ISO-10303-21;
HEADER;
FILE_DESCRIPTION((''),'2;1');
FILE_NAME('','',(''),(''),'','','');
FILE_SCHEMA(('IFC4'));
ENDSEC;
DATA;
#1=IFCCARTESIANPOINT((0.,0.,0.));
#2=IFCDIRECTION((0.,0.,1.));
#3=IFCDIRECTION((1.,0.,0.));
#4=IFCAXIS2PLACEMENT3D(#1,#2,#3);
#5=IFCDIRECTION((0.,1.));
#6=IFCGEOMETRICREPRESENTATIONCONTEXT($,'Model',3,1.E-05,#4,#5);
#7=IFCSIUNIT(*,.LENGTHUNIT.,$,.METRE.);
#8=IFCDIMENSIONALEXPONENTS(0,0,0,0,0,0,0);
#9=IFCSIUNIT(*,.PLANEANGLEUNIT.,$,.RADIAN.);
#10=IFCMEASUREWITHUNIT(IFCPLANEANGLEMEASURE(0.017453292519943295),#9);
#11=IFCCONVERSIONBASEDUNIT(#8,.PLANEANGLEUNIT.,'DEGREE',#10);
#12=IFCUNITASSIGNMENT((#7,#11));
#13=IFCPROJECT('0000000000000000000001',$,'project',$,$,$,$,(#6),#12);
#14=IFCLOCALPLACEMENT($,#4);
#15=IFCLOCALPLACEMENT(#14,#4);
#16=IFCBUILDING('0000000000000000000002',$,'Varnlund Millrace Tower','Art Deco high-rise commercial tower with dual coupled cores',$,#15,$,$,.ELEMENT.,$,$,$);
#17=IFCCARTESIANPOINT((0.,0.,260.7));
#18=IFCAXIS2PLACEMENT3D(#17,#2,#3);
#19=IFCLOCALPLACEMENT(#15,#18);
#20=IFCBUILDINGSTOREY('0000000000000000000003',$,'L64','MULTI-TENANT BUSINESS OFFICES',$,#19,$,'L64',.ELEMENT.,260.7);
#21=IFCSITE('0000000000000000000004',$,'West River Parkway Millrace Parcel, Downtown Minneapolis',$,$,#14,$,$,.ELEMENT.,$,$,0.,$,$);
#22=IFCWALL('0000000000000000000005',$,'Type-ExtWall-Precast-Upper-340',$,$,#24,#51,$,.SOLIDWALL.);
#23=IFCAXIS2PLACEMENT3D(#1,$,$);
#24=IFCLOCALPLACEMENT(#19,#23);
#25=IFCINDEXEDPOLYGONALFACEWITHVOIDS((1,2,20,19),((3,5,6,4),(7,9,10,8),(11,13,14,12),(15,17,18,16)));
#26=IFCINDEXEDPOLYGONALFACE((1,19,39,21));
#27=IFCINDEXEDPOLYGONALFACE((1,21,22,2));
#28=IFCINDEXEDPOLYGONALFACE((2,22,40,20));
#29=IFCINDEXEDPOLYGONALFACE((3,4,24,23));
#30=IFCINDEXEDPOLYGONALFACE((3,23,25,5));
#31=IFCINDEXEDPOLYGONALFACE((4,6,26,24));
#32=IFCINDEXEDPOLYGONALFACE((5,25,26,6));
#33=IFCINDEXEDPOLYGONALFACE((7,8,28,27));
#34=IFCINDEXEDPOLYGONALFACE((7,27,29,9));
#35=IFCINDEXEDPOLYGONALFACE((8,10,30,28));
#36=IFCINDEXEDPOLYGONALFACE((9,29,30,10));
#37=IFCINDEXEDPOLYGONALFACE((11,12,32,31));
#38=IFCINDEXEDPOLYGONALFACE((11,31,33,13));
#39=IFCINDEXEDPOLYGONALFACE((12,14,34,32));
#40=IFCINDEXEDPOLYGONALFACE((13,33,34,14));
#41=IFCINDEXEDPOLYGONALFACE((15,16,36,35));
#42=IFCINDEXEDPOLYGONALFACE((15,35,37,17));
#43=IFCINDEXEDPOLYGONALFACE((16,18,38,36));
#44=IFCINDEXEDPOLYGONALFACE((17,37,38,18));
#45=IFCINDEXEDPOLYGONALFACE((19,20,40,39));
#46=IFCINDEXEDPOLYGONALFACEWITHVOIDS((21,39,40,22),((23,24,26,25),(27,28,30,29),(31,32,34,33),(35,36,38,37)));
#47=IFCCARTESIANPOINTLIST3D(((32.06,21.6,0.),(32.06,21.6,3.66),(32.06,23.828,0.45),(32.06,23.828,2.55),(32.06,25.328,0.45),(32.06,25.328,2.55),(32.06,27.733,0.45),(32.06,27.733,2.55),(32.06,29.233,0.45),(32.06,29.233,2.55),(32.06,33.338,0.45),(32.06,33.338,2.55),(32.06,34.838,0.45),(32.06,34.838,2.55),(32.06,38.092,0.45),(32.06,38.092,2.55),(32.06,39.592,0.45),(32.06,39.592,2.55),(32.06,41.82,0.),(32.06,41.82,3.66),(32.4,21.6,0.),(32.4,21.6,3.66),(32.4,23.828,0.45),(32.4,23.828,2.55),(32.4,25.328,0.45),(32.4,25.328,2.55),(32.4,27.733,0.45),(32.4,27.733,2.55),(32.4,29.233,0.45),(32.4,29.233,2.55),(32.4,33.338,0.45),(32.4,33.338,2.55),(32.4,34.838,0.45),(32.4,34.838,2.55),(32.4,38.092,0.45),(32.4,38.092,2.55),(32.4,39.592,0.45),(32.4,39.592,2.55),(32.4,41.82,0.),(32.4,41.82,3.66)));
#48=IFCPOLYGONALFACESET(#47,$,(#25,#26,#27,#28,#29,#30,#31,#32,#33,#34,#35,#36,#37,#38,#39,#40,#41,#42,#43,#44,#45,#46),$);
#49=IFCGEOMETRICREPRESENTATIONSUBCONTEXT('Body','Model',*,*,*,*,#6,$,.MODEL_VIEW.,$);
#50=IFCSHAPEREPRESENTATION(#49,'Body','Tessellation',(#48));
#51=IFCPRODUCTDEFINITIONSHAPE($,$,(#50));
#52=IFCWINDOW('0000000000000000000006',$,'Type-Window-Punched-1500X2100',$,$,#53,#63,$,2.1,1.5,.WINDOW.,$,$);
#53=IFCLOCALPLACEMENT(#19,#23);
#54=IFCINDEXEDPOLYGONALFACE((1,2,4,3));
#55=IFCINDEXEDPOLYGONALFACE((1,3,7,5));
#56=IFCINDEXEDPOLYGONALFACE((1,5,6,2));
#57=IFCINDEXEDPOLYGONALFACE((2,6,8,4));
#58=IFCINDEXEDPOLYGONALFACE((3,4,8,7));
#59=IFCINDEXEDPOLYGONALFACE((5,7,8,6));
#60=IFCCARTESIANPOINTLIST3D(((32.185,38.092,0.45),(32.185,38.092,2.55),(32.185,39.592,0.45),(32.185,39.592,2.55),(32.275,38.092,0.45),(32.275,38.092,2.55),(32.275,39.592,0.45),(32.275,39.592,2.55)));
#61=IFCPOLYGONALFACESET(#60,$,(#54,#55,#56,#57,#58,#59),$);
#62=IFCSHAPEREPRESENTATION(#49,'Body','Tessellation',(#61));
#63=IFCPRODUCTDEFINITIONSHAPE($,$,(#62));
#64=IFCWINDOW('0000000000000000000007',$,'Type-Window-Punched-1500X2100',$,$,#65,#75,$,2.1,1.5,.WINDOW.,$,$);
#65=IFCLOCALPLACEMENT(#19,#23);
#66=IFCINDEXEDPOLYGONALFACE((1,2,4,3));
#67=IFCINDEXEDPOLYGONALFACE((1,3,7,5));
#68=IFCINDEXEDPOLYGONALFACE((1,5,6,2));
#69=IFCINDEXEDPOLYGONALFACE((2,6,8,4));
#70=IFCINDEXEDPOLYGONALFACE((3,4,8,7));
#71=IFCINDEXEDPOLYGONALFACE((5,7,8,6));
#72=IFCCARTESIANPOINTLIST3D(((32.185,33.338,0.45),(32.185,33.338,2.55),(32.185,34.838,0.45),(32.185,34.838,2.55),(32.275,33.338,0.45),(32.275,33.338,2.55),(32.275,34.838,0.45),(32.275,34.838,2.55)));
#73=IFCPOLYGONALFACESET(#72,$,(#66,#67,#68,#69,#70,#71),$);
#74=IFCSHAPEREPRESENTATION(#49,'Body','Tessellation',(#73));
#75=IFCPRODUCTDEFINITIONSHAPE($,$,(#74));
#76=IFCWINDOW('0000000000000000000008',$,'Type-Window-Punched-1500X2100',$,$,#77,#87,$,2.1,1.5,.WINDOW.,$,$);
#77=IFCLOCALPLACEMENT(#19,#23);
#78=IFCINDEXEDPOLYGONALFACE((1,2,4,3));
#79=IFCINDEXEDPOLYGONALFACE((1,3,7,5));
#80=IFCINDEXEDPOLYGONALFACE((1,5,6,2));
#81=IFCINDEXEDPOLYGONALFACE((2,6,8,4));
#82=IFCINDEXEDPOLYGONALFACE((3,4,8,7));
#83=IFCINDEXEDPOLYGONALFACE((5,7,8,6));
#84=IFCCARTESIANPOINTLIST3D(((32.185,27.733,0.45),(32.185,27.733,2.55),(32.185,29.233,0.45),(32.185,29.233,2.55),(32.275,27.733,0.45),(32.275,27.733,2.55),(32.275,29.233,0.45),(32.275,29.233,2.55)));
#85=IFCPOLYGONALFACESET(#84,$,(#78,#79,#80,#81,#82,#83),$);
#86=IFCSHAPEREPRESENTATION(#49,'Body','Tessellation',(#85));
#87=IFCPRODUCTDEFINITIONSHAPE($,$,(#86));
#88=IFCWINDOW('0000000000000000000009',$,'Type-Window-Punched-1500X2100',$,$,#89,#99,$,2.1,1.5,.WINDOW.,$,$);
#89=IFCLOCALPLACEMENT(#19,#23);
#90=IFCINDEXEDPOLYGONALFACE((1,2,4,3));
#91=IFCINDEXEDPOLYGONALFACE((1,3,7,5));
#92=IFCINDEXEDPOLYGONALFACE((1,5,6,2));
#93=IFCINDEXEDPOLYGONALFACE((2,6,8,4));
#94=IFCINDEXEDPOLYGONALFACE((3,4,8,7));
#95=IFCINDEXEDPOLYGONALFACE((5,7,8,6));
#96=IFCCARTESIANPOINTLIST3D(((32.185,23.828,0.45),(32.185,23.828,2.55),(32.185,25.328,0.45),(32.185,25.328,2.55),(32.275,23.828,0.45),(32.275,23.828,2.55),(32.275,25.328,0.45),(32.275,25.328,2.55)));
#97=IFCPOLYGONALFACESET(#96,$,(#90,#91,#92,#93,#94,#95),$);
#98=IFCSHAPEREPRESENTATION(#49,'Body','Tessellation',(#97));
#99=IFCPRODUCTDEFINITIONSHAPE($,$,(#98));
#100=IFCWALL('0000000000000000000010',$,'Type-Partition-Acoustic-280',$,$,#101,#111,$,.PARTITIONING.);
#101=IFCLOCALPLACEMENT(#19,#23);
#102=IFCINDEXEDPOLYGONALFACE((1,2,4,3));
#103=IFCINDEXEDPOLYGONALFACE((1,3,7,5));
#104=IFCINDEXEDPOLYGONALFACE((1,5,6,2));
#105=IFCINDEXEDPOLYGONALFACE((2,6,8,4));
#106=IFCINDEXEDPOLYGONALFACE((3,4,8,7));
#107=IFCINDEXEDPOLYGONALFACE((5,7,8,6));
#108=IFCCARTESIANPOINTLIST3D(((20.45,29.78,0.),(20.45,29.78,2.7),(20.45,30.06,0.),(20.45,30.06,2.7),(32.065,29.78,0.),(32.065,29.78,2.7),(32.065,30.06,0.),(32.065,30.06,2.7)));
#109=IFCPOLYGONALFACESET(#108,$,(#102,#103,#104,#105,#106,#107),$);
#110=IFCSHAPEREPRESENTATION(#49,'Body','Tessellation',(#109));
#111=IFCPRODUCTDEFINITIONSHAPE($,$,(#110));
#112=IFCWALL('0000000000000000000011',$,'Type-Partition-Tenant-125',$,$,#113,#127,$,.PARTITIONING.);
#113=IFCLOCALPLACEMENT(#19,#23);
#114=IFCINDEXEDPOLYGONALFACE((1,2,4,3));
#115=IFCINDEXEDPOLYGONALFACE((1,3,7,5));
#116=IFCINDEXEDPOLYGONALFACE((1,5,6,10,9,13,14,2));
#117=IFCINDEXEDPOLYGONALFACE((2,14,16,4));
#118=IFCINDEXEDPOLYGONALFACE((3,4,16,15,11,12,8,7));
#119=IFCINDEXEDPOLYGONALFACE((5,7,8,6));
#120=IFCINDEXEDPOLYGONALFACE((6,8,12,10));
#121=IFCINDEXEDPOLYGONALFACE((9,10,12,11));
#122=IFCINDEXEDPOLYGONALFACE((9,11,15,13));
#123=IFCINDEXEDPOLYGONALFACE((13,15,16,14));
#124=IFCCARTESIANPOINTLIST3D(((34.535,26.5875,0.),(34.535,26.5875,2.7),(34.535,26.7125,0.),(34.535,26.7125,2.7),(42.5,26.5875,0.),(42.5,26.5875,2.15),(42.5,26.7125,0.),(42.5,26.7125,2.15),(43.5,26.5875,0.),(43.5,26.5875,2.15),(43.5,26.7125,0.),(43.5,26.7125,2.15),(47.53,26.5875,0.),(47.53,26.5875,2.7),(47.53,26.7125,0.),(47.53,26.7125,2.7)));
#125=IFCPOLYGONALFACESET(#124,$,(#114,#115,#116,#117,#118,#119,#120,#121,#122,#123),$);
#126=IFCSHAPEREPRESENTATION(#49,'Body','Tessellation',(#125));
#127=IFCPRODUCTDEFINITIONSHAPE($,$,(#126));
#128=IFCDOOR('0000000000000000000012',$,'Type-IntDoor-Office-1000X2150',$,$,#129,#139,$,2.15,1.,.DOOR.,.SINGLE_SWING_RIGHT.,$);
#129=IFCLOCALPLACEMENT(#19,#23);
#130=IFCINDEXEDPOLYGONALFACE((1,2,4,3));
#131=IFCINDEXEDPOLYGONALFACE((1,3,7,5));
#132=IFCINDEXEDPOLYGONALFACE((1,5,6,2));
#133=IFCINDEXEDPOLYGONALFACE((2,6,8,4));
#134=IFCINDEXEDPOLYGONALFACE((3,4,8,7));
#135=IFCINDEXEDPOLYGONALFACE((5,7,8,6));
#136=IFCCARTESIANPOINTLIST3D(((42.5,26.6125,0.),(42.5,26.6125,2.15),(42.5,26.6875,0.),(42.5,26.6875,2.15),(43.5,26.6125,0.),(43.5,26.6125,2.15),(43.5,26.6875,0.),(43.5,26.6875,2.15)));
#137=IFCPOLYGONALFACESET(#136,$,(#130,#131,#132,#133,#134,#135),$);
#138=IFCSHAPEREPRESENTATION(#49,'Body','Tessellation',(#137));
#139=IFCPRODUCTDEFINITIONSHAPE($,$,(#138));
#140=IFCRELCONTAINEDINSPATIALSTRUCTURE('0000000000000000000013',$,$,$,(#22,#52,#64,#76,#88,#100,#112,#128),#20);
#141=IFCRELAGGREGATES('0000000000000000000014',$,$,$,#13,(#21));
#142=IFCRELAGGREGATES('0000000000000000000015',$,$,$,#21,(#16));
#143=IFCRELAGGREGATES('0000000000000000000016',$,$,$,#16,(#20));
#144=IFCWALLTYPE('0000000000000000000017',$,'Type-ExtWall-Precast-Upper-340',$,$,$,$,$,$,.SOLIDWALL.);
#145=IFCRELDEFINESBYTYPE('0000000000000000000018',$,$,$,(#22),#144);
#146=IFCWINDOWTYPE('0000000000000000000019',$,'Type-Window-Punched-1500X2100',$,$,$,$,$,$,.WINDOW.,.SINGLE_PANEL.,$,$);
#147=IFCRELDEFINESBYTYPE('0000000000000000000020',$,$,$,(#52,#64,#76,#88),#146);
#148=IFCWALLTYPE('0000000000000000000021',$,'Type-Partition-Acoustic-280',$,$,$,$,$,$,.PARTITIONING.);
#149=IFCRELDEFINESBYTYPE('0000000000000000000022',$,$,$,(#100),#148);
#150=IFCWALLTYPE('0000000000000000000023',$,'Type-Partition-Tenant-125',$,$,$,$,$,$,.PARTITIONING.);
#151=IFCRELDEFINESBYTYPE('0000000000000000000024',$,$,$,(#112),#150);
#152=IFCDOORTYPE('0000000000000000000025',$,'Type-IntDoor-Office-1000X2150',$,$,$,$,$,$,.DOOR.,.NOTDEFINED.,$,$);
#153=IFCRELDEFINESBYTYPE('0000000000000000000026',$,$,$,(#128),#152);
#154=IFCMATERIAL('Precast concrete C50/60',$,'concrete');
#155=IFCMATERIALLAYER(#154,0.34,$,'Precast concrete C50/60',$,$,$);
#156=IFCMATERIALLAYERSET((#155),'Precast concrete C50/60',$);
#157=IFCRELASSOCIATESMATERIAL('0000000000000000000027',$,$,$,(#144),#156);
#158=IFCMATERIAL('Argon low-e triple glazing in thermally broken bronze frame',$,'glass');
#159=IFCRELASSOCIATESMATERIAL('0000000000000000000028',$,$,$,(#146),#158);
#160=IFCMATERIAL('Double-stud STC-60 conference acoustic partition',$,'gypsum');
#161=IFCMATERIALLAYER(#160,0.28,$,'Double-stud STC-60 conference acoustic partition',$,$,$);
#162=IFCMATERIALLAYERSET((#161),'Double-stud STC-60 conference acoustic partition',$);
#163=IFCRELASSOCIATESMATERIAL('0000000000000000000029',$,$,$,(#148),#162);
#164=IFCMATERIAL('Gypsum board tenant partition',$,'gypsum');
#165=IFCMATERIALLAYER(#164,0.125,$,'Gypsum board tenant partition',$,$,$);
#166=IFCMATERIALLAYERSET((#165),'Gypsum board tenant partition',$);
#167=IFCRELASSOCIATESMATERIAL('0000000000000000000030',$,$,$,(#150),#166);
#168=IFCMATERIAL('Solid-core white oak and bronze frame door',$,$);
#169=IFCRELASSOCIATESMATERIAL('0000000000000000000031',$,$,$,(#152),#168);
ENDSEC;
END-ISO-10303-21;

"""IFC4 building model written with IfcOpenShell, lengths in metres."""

from ifc_helpers import new_model, entity, si_unit, converted_unit, direction, frame, origin_with_axes, origin_2d_with_axis, place, context, subcontext, project, spatial, polyline, rectangle, outline, extrude, material, layer, layer_set, type_object, element, fill, save


model = new_model("IFC4")

# Units and contexts
model_context = context("Model", 3, precision=1e-05, world=origin_with_axes(), true_north=direction((0.0, 1.0)))
body_context = subcontext(model_context, "Body", "Model", "MODEL_VIEW")
ifc_project = project(units=[si_unit("LENGTHUNIT", "METRE"), converted_unit("PLANEANGLEUNIT", "DEGREE", entity("IfcPlaneAngleMeasure", 0.017453292519943295), si_unit("PLANEANGLEUNIT", "RADIAN"), dimensions=[0, 0, 0, 0, 0, 0, 0])], contexts=[model_context])

# Site, building, storey
site_placement = place(None, origin_with_axes())
site = spatial("IfcSite", under=ifc_project, at=site_placement, Name="West River Parkway Millrace Parcel, Downtown Minneapolis", CompositionType="ELEMENT", RefElevation=0.0)
building_placement = place(site_placement, origin_with_axes())
building = spatial("IfcBuilding", under=site, at=building_placement, Name="Varnlund Millrace Tower", Description="Art Deco high-rise commercial tower with dual coupled cores", CompositionType="ELEMENT")
storey_placement = place(building_placement, frame((0.0, 0.0, 260.7), z_axis=(0.0, 0.0, 1.0), x_axis=(1.0, 0.0, 0.0)))
storey = spatial("IfcBuildingStorey", under=building, at=storey_placement, Name="L64", Description="MULTI-TENANT BUSINESS OFFICES", LongName="L64", CompositionType="ELEMENT", Elevation=260.7)

# Shared definitions
ifc_material_1 = material(Name="Precast concrete C50/60", Category="concrete")
ifc_layer_1 = layer(ifc_material_1, 0.34, Name="Precast concrete C50/60")
ifc_layer_set_1 = layer_set([ifc_layer_1], Name="Precast concrete C50/60")
wall_type_1 = type_object("IfcWallType", Name="Type-ExtWall-Precast-Upper-340", PredefinedType="SOLIDWALL", material=ifc_layer_set_1)
ifc_material_2 = material(Name="Argon low-e triple glazing in thermally broken bronze frame", Category="glass")
window_type = type_object("IfcWindowType", Name="Type-Window-Punched-1500X2100", PartitioningType="SINGLE_PANEL", PredefinedType="WINDOW", material=ifc_material_2)

# Wall, openings, windows
wall_1_placement = place(storey_placement, frame((32.23, 41.82, 0.0), z_axis=(0.0, 0.0, 1.0), x_axis=(0.0, -1.0, 0.0)))
wall_1 = element("IfcWall", 1, at=wall_1_placement, inside=storey, type_object=wall_type_1, Name="Type-ExtWall-Precast-Upper-340", PredefinedType="SOLIDWALL", context=body_context, shape_type="SweptSolid", body=[
    extrude(outline(polyline([(0.0, -0.17), (20.22, -0.17), (20.22, 0.17), (0.0, 0.17), (0.0, -0.17)])), origin_with_axes(), (0.0, 0.0, 1.0), 3.66),
])
opening_1_placement = place(wall_1_placement, frame((2.978, 0.0, 0.45), z_axis=(0.0, 0.0, 1.0), x_axis=(1.0, 0.0, 0.0)))
opening_1 = element("IfcOpeningElement", 2, at=opening_1_placement, cuts=wall_1, PredefinedType="OPENING", context=body_context, shape_type="SweptSolid", body=[
    extrude(rectangle(XDim=1.5, YDim=0.36, at=origin_2d_with_axis()), origin_with_axes(), (0.0, 0.0, 1.0), 2.1),
])
opening_2_placement = place(wall_1_placement, frame((7.732, 0.0, 0.45), z_axis=(0.0, 0.0, 1.0), x_axis=(1.0, 0.0, 0.0)))
opening_2 = element("IfcOpeningElement", 3, at=opening_2_placement, cuts=wall_1, PredefinedType="OPENING", context=body_context, shape_type="SweptSolid", body=[
    extrude(rectangle(XDim=1.5, YDim=0.36, at=origin_2d_with_axis()), origin_with_axes(), (0.0, 0.0, 1.0), 2.1),
])
opening_3_placement = place(wall_1_placement, frame((13.337, 0.0, 0.45), z_axis=(0.0, 0.0, 1.0), x_axis=(1.0, 0.0, 0.0)))
opening_3 = element("IfcOpeningElement", 4, at=opening_3_placement, cuts=wall_1, PredefinedType="OPENING", context=body_context, shape_type="SweptSolid", body=[
    extrude(rectangle(XDim=1.5, YDim=0.36, at=origin_2d_with_axis()), origin_with_axes(), (0.0, 0.0, 1.0), 2.1),
])
opening_4_placement = place(wall_1_placement, frame((17.242, 0.0, 0.45), z_axis=(0.0, 0.0, 1.0), x_axis=(1.0, 0.0, 0.0)))
opening_4 = element("IfcOpeningElement", 5, at=opening_4_placement, cuts=wall_1, PredefinedType="OPENING", context=body_context, shape_type="SweptSolid", body=[
    extrude(rectangle(XDim=1.5, YDim=0.36, at=origin_2d_with_axis()), origin_with_axes(), (0.0, 0.0, 1.0), 2.1),
])
window_1_placement = place(wall_1_placement, frame((2.978, 0.0, 0.45), z_axis=(0.0, 0.0, 1.0), x_axis=(1.0, 0.0, 0.0)))
window_1 = element("IfcWindow", 6, at=window_1_placement, inside=storey, type_object=window_type, Name="Type-Window-Punched-1500X2100", OverallHeight=2.1, OverallWidth=1.5, PredefinedType="WINDOW", context=body_context, shape_type="SweptSolid", body=[
    extrude(rectangle(XDim=1.5, YDim=0.09, at=origin_2d_with_axis()), origin_with_axes(), (0.0, 0.0, 1.0), 2.1),
])
fill(opening_1, window_1)
window_2_placement = place(wall_1_placement, frame((7.732, 0.0, 0.45), z_axis=(0.0, 0.0, 1.0), x_axis=(1.0, 0.0, 0.0)))
window_2 = element("IfcWindow", 7, at=window_2_placement, inside=storey, type_object=window_type, Name="Type-Window-Punched-1500X2100", OverallHeight=2.1, OverallWidth=1.5, PredefinedType="WINDOW", context=body_context, shape_type="SweptSolid", body=[
    extrude(rectangle(XDim=1.5, YDim=0.09, at=origin_2d_with_axis()), origin_with_axes(), (0.0, 0.0, 1.0), 2.1),
])
fill(opening_2, window_2)
window_3_placement = place(wall_1_placement, frame((13.337, 0.0, 0.45), z_axis=(0.0, 0.0, 1.0), x_axis=(1.0, 0.0, 0.0)))
window_3 = element("IfcWindow", 8, at=window_3_placement, inside=storey, type_object=window_type, Name="Type-Window-Punched-1500X2100", OverallHeight=2.1, OverallWidth=1.5, PredefinedType="WINDOW", context=body_context, shape_type="SweptSolid", body=[
    extrude(rectangle(XDim=1.5, YDim=0.09, at=origin_2d_with_axis()), origin_with_axes(), (0.0, 0.0, 1.0), 2.1),
])
fill(opening_3, window_3)
window_4_placement = place(wall_1_placement, frame((17.242, 0.0, 0.45), z_axis=(0.0, 0.0, 1.0), x_axis=(1.0, 0.0, 0.0)))
window_4 = element("IfcWindow", 9, at=window_4_placement, inside=storey, type_object=window_type, Name="Type-Window-Punched-1500X2100", OverallHeight=2.1, OverallWidth=1.5, PredefinedType="WINDOW", context=body_context, shape_type="SweptSolid", body=[
    extrude(rectangle(XDim=1.5, YDim=0.09, at=origin_2d_with_axis()), origin_with_axes(), (0.0, 0.0, 1.0), 2.1),
])
fill(opening_4, window_4)

# Wall
ifc_material_3 = material(Name="Double-stud STC-60 conference acoustic partition", Category="gypsum")
ifc_layer_2 = layer(ifc_material_3, 0.28, Name="Double-stud STC-60 conference acoustic partition")
ifc_layer_set_2 = layer_set([ifc_layer_2], Name="Double-stud STC-60 conference acoustic partition")
wall_type_2 = type_object("IfcWallType", Name="Type-Partition-Acoustic-280", PredefinedType="PARTITIONING", material=ifc_layer_set_2)
wall_2_placement = place(storey_placement, frame((20.45, 29.92, 0.0), z_axis=(0.0, 0.0, 1.0), x_axis=(1.0, 0.0, 0.0)))
element("IfcWall", 10, at=wall_2_placement, inside=storey, type_object=wall_type_2, Name="Type-Partition-Acoustic-280", PredefinedType="PARTITIONING", context=body_context, shape_type="SweptSolid", body=[
    extrude(outline(polyline([(0.0, -0.14), (11.615, -0.14), (11.615, 0.14), (0.0, 0.14), (0.0, -0.14)])), origin_with_axes(), (0.0, 0.0, 1.0), 2.7),
])

# Wall, opening, door
ifc_material_4 = material(Name="Gypsum board tenant partition", Category="gypsum")
ifc_layer_3 = layer(ifc_material_4, 0.125, Name="Gypsum board tenant partition")
ifc_layer_set_3 = layer_set([ifc_layer_3], Name="Gypsum board tenant partition")
wall_type_3 = type_object("IfcWallType", Name="Type-Partition-Tenant-125", PredefinedType="PARTITIONING", material=ifc_layer_set_3)
wall_3_placement = place(storey_placement, frame((34.535, 26.65, 0.0), z_axis=(0.0, 0.0, 1.0), x_axis=(1.0, 0.0, 0.0)))
wall_3 = element("IfcWall", 11, at=wall_3_placement, inside=storey, type_object=wall_type_3, Name="Type-Partition-Tenant-125", PredefinedType="PARTITIONING", context=body_context, shape_type="SweptSolid", body=[
    extrude(outline(polyline([(0.0, -0.0625), (12.995, -0.0625), (12.995, 0.0625), (0.0, 0.0625), (0.0, -0.0625)])), origin_with_axes(), (0.0, 0.0, 1.0), 2.7),
])
opening_5_placement = place(wall_3_placement, frame((8.465, 0.0, 0.0), z_axis=(0.0, 0.0, 1.0), x_axis=(1.0, 0.0, 0.0)))
opening_5 = element("IfcOpeningElement", 12, at=opening_5_placement, cuts=wall_3, PredefinedType="OPENING", context=body_context, shape_type="SweptSolid", body=[
    extrude(rectangle(XDim=1.0, YDim=0.145, at=origin_2d_with_axis()), origin_with_axes(), (0.0, 0.0, 1.0), 2.15),
])
ifc_material_5 = material(Name="Solid-core white oak and bronze frame door")
door_type = type_object("IfcDoorType", Name="Type-IntDoor-Office-1000X2150", OperationType="NOTDEFINED", PredefinedType="DOOR", material=ifc_material_5)
door_placement = place(wall_3_placement, frame((8.465, 0.0, 0.0), z_axis=(0.0, 0.0, 1.0), x_axis=(1.0, 0.0, 0.0)))
door = element("IfcDoor", 13, at=door_placement, inside=storey, type_object=door_type, Name="Type-IntDoor-Office-1000X2150", OperationType="SINGLE_SWING_RIGHT", OverallHeight=2.15, OverallWidth=1.0, PredefinedType="DOOR", context=body_context, shape_type="SweptSolid", body=[
    extrude(rectangle(XDim=1.0, YDim=0.075, at=origin_2d_with_axis()), origin_with_axes(), (0.0, 0.0, 1.0), 2.15),
])
fill(opening_5, door)

save(model, "model.ifc")
